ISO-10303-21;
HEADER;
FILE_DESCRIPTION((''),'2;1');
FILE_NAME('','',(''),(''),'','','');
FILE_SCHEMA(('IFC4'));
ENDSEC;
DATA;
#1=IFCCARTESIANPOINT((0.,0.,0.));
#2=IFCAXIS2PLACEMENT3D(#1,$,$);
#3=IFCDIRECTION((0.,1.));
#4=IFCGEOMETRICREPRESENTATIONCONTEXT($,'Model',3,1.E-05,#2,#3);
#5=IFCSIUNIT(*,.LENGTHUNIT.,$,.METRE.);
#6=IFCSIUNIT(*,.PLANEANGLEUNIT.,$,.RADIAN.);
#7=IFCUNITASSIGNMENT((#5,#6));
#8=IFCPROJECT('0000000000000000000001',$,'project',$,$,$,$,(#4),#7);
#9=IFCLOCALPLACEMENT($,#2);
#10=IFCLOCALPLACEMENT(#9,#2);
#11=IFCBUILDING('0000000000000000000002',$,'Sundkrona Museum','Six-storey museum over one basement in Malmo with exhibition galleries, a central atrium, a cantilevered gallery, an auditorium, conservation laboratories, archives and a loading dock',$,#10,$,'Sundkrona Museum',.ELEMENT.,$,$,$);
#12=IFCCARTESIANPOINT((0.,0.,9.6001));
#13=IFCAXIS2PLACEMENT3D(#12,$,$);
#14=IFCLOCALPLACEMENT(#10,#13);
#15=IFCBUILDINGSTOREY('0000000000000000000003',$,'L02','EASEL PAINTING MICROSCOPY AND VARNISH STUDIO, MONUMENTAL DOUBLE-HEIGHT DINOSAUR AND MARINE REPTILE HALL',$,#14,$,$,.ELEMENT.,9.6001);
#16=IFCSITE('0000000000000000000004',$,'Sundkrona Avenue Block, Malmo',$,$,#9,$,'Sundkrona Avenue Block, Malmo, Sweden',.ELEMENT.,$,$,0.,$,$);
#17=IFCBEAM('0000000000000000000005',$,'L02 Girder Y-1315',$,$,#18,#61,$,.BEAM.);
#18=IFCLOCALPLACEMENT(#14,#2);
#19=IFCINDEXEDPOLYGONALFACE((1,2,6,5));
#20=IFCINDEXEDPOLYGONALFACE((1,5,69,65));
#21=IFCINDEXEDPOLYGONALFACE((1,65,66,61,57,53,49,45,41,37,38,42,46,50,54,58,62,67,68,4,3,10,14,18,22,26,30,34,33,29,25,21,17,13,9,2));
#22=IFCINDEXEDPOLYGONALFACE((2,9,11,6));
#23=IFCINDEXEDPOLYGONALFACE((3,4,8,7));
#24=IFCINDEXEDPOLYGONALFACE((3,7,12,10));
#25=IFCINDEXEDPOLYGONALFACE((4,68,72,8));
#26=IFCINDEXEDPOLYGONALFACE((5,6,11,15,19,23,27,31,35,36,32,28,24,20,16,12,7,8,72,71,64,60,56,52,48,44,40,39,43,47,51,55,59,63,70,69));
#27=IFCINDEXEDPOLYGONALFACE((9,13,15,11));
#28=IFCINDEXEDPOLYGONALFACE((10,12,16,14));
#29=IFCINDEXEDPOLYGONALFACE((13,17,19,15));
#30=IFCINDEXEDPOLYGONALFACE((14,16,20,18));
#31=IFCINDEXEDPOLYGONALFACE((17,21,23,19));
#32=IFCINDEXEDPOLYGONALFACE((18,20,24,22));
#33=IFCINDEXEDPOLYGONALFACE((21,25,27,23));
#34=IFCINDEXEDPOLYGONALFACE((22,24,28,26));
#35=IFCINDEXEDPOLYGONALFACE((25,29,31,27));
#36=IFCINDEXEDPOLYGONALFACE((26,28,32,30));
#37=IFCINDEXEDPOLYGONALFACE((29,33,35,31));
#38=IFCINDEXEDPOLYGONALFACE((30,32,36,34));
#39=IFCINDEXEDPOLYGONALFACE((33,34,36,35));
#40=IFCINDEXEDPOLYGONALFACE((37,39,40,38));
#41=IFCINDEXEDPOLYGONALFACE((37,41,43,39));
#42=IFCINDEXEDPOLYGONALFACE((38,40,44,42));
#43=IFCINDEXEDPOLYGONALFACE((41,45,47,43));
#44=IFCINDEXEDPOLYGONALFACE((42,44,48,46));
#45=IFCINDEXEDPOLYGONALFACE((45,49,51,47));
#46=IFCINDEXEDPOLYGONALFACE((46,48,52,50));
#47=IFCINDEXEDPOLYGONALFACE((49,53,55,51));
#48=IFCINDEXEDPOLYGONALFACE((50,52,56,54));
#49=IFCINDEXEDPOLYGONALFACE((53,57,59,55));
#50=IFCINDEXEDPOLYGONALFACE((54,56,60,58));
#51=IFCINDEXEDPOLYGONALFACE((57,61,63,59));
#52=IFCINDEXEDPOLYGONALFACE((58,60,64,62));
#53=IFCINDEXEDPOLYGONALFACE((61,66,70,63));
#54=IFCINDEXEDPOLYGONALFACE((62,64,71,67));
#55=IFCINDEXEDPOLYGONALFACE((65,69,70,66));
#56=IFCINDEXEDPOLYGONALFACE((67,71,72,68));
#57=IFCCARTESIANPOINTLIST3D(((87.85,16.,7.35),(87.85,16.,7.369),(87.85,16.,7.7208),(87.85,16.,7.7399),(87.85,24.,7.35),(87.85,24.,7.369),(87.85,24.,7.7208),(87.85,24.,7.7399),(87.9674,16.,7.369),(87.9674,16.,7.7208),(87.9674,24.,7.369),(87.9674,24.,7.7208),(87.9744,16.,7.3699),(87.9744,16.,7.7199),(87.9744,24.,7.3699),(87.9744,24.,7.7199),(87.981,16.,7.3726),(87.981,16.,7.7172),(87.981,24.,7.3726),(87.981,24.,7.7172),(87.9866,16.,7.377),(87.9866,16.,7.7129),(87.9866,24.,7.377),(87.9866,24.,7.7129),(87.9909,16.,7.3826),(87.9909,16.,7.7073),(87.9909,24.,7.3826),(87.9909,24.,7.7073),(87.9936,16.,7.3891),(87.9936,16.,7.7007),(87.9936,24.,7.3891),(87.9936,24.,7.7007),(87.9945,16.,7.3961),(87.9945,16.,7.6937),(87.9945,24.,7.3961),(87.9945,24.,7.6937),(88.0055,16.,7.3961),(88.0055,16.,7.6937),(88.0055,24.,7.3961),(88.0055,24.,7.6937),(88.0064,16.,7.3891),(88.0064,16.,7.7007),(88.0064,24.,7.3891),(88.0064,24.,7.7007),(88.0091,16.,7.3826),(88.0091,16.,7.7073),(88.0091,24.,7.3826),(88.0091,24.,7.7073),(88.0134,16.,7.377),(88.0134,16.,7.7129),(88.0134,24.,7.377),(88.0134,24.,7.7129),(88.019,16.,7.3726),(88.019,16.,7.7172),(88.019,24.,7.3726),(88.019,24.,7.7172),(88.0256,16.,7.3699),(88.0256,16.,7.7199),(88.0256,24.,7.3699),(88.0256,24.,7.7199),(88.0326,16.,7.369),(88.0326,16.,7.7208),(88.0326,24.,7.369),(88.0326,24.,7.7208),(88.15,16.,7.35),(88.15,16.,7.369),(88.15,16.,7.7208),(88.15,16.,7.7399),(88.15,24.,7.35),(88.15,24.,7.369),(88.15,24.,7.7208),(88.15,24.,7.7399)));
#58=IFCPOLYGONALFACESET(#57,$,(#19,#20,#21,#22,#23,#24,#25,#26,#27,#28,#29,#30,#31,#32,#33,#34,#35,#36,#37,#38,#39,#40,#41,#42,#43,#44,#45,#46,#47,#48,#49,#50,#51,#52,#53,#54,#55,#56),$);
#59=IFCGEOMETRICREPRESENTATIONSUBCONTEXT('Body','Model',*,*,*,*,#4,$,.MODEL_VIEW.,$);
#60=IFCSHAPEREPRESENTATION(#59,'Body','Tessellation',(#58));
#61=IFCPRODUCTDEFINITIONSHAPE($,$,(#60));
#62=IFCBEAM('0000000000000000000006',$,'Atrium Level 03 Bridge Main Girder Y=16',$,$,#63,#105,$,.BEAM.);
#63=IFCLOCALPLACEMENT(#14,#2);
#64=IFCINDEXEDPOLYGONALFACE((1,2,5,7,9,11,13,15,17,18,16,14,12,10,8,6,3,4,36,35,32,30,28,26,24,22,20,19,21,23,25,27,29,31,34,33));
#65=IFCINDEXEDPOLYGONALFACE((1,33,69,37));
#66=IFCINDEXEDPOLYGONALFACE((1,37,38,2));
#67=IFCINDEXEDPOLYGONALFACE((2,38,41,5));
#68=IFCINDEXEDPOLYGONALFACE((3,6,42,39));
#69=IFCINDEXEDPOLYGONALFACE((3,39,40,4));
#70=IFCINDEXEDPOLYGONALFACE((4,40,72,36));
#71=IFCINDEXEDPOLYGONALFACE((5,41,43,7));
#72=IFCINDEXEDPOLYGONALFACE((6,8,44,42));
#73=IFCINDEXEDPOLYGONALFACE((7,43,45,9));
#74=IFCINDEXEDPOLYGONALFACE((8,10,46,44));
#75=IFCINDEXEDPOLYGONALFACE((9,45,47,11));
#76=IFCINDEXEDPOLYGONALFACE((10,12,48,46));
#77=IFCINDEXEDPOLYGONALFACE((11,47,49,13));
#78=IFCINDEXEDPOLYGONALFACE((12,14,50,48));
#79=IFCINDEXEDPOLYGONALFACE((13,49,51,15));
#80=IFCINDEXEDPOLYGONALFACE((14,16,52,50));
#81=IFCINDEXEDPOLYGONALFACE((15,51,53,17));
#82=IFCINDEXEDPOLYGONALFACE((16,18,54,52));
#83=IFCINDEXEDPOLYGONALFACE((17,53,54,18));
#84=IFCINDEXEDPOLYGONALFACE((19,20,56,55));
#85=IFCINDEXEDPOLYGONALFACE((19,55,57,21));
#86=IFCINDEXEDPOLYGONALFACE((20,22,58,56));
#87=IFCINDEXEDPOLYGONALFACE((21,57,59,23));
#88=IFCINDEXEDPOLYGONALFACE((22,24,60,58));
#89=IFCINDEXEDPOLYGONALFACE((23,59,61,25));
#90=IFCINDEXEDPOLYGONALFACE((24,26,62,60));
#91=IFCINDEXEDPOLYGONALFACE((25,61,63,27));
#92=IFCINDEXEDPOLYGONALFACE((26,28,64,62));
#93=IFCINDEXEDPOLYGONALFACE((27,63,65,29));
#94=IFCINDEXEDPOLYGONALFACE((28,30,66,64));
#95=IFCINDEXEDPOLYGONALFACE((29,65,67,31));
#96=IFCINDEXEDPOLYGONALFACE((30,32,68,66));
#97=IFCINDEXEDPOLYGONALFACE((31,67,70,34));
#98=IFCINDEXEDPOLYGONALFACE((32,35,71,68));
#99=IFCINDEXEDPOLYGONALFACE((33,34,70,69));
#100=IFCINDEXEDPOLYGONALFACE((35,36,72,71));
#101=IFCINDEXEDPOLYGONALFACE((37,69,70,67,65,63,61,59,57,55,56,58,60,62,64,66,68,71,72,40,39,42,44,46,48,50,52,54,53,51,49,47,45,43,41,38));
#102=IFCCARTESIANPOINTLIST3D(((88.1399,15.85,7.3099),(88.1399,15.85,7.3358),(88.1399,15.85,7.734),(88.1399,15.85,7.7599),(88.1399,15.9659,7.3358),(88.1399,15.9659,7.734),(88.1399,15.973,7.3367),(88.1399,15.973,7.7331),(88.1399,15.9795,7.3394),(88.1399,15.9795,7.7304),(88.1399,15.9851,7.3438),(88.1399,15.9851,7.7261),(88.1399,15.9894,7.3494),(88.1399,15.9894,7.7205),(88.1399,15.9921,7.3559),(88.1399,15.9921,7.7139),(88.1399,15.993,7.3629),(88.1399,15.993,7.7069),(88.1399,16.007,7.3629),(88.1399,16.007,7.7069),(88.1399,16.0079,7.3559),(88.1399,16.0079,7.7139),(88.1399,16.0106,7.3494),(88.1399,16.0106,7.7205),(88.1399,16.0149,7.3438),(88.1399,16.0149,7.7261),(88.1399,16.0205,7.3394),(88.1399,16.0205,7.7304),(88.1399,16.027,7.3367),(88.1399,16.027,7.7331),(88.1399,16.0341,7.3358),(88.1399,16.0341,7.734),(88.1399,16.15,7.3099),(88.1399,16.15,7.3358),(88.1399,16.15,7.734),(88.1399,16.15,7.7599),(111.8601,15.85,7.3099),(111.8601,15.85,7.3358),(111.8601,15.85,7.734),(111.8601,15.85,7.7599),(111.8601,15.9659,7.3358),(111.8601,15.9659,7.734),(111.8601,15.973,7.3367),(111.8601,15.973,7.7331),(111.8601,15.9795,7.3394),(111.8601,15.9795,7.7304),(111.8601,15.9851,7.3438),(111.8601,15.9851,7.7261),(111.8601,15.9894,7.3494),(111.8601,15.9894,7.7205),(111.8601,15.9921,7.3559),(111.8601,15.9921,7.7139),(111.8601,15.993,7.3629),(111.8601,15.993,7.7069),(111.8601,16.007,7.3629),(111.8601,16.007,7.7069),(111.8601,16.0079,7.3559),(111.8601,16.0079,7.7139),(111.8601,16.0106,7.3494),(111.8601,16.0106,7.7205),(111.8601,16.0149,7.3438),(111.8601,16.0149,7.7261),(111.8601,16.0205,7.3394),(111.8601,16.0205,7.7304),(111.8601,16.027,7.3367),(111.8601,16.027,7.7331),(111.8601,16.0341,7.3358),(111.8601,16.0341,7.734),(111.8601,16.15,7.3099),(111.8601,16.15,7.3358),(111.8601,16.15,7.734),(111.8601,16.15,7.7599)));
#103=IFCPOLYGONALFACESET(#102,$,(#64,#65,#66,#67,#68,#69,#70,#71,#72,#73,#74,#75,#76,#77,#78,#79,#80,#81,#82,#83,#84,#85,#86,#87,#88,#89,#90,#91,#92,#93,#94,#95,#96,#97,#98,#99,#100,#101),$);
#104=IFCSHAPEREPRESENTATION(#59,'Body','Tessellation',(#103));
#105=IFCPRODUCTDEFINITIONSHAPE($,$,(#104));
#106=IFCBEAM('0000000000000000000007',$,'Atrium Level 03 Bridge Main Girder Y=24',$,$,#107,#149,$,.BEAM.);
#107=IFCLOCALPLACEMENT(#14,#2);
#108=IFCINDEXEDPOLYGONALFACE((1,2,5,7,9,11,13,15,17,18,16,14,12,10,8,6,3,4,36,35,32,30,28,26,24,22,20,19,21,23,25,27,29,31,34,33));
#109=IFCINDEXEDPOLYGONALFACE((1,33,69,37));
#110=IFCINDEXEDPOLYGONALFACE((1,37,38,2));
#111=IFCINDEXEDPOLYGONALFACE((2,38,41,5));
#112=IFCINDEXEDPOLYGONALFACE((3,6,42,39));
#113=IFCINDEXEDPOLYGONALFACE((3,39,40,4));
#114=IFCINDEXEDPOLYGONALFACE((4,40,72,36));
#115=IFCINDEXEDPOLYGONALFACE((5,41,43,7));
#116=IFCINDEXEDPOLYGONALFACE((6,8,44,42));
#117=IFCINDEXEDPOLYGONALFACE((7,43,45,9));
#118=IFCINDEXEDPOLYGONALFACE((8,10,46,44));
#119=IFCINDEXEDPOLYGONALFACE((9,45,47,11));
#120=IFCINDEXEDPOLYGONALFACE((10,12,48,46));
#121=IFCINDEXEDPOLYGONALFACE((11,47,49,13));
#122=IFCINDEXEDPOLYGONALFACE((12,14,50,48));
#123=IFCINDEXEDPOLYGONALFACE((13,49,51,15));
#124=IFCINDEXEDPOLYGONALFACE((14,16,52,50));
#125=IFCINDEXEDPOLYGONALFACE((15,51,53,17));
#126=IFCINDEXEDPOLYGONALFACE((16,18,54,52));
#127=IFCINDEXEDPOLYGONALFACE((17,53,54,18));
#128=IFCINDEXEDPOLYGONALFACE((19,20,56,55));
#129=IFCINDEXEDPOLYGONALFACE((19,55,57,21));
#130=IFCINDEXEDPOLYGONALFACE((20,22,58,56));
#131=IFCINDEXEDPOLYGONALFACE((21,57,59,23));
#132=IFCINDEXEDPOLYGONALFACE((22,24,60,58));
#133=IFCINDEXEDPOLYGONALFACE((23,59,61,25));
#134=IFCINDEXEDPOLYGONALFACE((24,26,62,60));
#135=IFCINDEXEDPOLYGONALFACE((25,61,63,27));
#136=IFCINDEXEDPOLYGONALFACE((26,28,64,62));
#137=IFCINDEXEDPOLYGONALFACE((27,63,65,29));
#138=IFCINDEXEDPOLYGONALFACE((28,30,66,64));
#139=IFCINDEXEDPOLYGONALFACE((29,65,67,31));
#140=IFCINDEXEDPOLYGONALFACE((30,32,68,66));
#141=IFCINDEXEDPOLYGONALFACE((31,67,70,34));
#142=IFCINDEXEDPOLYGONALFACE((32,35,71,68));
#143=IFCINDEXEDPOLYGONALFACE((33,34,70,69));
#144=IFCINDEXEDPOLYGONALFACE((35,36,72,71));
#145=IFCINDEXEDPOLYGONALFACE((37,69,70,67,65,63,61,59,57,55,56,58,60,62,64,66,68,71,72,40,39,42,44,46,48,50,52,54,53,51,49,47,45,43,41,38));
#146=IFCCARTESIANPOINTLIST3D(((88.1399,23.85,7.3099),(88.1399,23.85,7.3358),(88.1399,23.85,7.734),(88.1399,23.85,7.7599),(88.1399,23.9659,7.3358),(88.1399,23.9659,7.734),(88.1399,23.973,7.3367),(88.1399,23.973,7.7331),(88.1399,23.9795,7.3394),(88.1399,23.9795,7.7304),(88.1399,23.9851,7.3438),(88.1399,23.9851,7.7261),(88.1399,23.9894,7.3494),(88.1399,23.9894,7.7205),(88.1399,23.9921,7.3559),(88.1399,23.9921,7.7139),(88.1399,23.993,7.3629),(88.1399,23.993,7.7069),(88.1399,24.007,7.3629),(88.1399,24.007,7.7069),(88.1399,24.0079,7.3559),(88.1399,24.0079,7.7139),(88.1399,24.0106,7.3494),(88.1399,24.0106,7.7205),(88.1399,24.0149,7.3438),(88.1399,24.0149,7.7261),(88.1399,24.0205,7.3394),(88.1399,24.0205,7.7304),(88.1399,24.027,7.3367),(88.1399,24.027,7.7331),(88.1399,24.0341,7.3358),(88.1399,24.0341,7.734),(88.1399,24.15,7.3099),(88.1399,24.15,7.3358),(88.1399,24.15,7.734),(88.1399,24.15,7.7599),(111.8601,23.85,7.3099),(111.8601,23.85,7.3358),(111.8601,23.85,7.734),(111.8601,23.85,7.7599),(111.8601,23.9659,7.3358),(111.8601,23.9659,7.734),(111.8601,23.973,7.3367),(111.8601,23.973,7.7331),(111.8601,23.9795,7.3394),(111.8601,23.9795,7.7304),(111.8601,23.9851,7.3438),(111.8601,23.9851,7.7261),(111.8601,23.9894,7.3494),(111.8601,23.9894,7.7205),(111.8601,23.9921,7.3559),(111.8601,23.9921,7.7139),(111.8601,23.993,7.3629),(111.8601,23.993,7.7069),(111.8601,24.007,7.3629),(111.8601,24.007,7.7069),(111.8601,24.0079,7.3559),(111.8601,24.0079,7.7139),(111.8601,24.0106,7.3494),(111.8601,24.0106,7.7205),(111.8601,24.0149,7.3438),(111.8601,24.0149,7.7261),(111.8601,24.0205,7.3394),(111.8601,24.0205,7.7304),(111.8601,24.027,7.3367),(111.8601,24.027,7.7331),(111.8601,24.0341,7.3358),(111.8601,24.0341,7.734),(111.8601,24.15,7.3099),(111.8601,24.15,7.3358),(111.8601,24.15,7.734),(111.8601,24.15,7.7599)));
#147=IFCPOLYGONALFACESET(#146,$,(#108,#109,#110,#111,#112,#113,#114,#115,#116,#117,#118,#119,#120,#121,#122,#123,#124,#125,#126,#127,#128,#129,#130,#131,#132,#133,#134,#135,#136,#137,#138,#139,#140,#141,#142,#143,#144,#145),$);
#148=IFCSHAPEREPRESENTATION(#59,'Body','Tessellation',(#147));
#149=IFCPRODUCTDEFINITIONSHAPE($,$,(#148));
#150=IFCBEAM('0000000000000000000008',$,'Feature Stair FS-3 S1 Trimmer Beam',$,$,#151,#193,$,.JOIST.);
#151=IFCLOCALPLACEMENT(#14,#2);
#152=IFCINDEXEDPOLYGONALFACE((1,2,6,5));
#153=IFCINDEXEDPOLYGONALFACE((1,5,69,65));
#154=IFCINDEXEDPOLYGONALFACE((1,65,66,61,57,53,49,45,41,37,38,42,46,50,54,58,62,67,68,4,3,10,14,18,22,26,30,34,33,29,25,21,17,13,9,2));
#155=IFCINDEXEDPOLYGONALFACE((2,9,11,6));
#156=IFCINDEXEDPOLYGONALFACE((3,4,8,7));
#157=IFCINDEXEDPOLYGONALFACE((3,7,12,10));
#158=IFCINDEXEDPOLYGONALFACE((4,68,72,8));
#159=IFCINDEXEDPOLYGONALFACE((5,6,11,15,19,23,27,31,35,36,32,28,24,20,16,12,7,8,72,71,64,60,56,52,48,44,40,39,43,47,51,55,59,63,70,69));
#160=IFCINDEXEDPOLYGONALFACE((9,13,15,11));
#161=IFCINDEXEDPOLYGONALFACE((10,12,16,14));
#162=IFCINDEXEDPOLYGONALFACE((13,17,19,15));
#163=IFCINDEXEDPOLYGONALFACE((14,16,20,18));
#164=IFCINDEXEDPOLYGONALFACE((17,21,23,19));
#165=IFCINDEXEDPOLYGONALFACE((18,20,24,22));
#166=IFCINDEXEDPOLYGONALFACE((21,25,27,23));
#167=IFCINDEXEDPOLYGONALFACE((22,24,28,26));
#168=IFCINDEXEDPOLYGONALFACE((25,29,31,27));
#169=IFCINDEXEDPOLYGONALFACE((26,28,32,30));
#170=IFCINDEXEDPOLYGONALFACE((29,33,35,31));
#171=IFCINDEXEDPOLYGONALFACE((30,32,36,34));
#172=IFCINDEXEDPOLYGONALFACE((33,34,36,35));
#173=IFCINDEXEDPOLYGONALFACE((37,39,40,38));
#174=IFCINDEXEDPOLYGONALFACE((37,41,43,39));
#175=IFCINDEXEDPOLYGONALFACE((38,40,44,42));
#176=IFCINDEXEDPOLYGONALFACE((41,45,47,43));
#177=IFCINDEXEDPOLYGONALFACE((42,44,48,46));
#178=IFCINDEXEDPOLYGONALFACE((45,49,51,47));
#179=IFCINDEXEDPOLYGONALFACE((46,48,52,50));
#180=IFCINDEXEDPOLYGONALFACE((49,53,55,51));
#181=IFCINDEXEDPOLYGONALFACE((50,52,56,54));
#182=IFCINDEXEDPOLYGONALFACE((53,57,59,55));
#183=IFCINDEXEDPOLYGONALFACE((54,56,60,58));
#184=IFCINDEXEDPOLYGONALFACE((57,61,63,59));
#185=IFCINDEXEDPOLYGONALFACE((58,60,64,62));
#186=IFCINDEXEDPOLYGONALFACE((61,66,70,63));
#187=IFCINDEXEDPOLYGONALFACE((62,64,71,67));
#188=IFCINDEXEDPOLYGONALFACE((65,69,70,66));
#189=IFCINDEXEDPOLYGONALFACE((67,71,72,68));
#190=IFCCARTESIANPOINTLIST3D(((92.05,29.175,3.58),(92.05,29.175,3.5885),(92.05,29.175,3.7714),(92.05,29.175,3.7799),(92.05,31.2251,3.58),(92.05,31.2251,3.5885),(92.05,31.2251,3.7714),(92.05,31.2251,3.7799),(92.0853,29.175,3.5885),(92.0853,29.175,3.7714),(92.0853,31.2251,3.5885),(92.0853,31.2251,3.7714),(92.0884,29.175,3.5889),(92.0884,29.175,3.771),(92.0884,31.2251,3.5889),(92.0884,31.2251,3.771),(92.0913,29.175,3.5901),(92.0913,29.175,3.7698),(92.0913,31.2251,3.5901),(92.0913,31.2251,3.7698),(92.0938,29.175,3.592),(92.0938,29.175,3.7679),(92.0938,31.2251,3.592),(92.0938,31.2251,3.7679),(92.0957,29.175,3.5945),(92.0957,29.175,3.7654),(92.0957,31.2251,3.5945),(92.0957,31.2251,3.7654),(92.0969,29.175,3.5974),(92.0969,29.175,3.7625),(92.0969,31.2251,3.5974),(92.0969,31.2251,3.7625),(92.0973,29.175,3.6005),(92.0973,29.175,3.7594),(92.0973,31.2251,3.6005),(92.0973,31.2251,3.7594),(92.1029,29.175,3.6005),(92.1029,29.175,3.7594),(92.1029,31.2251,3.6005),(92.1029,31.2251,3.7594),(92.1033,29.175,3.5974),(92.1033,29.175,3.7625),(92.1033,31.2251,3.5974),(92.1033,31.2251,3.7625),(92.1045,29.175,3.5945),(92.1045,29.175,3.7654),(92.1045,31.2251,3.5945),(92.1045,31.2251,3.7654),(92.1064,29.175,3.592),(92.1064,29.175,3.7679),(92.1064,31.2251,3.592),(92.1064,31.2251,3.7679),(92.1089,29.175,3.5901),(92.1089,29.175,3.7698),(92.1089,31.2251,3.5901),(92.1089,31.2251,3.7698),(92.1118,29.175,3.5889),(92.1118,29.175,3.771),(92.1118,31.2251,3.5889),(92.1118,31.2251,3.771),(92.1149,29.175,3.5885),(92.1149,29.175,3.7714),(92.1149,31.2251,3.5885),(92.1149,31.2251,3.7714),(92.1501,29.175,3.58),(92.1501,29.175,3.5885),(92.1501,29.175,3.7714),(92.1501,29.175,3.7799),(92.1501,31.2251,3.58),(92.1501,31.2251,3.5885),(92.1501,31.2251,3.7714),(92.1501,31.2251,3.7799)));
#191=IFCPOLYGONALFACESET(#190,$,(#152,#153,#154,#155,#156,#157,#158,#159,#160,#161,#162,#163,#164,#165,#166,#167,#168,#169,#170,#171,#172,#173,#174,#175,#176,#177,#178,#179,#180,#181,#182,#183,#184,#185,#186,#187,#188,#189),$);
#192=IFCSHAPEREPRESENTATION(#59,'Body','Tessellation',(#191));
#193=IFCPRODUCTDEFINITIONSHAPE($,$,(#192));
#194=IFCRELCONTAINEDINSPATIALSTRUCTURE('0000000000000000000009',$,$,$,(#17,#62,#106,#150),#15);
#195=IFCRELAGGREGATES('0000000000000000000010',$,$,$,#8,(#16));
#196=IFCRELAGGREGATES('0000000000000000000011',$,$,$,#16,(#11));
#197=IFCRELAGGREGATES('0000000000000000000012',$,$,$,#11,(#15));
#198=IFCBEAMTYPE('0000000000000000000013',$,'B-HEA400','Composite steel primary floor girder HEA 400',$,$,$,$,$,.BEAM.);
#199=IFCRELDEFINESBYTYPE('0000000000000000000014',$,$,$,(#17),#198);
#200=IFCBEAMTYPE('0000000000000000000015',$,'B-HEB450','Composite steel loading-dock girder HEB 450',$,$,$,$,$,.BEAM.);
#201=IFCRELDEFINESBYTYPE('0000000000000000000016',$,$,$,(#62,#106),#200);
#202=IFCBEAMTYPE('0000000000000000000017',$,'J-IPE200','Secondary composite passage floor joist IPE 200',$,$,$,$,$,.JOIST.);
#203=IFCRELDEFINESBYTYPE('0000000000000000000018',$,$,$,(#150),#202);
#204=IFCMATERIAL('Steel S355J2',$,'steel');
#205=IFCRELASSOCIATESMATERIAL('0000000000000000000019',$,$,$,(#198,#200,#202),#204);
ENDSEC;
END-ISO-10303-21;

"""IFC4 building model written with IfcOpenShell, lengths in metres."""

from ifc_helpers import new_model, si_unit, direction, frame, origin, origin_2d, place, context, subcontext, project, spatial, i_section, extrude, material, material_profile, profile_set, type_object, element, save


model = new_model("IFC4")

# Units and contexts
model_context = context("Model", 3, precision=1e-05, world=origin(), true_north=direction((0.0, 1.0)))
body_context = subcontext(model_context, "Body", "Model", "MODEL_VIEW")
ifc_project = project(units=[si_unit("LENGTHUNIT", "METRE"), si_unit("PLANEANGLEUNIT", "RADIAN")], contexts=[model_context])

# Site, building, storey
site_placement = place(None, origin())
site = spatial("IfcSite", under=ifc_project, at=site_placement, Name="Sundkrona Avenue Block, Malmo", LongName="Sundkrona Avenue Block, Malmo, Sweden", CompositionType="ELEMENT", RefElevation=0.0)
building_placement = place(site_placement, origin())
building = spatial("IfcBuilding", under=site, at=building_placement, Name="Sundkrona Museum", Description="Six-storey museum over one basement in Malmo with exhibition galleries, a central atrium, a cantilevered gallery, an auditorium, conservation laboratories, archives and a loading dock", LongName="Sundkrona Museum", CompositionType="ELEMENT")
storey_placement = place(building_placement, frame((0.0, 0.0, 9.6001)))
storey = spatial("IfcBuildingStorey", under=building, at=storey_placement, Name="L02", Description="EASEL PAINTING MICROSCOPY AND VARNISH STUDIO, MONUMENTAL DOUBLE-HEIGHT DINOSAUR AND MARINE REPTILE HALL", CompositionType="ELEMENT", Elevation=9.6001)

# Shared definitions
ifc_material_1 = material(Name="Steel S355J2", Category="steel")

# Beams
ifc_material_profile_1 = material_profile(ifc_material_1, i_section(OverallWidth=0.3, OverallDepth=0.3899, WebThickness=0.011, FlangeThickness=0.019, FilletRadius=0.0271, at=origin_2d()), Name="HEA 400")
ifc_profile_set_1 = profile_set([ifc_material_profile_1], Name="Steel S355J2")
beam_type_1 = type_object("IfcBeamType", Name="B-HEA400", Description="Composite steel primary floor girder HEA 400", PredefinedType="BEAM", material=ifc_profile_set_1)
beam_1_placement = place(storey_placement, frame((88.0, 16.0, 7.5449), z_axis=(0.0, 1.0, 0.0), x_axis=(-1.0, 0.0, 0.0)))
element("IfcBeam", 1, at=beam_1_placement, inside=storey, type_object=beam_type_1, Name="L02 Girder Y-1315", PredefinedType="BEAM", context=body_context, shape_type="SweptSolid", body=[
    extrude(i_section(OverallWidth=0.3, OverallDepth=0.3899, WebThickness=0.011, FlangeThickness=0.019, FilletRadius=0.0271, at=origin_2d()), origin(), (0.0, 0.0, 1.0), 8.0),
])
ifc_material_profile_2 = material_profile(ifc_material_1, i_section(OverallWidth=0.3, OverallDepth=0.45, WebThickness=0.0139, FlangeThickness=0.0259, FilletRadius=0.0271, at=origin_2d()), Name="HEB 450")
ifc_profile_set_2 = profile_set([ifc_material_profile_2], Name="Steel S355J2")
beam_type_2 = type_object("IfcBeamType", Name="B-HEB450", Description="Composite steel loading-dock girder HEB 450", PredefinedType="BEAM", material=ifc_profile_set_2)
for number, where, z_axis, x_axis, name in (
    (2, (88.1399, 16.0, 7.5349), (1.0, 0.0, 0.0), (0.0, 1.0, 0.0), "Atrium Level 03 Bridge Main Girder Y=16"),
    (3, (88.1399, 24.0, 7.5349), (1.0, 0.0, 0.0), (0.0, 1.0, 0.0), "Atrium Level 03 Bridge Main Girder Y=24"),
):
    element("IfcBeam", number, at=place(storey_placement, frame(where, z_axis=z_axis, x_axis=x_axis)), inside=storey, type_object=beam_type_2, Name=name, PredefinedType="BEAM", context=body_context, shape_type="SweptSolid", body=[
        extrude(i_section(OverallWidth=0.3, OverallDepth=0.45, WebThickness=0.0139, FlangeThickness=0.0259, FilletRadius=0.0271, at=origin_2d()), origin(), (0.0, 0.0, 1.0), 23.7202),
    ])
ifc_material_profile_3 = material_profile(ifc_material_1, i_section(OverallWidth=0.1001, OverallDepth=0.2, WebThickness=0.0056, FlangeThickness=0.0085, FilletRadius=0.012, at=origin_2d()), Name="IPE 200")
ifc_profile_set_3 = profile_set([ifc_material_profile_3], Name="Steel S355J2")
beam_type_3 = type_object("IfcBeamType", Name="J-IPE200", Description="Secondary composite passage floor joist IPE 200", PredefinedType="JOIST", material=ifc_profile_set_3)
for number, where, z_axis, x_axis, name in (
    (4, (92.1001, 29.175, 3.6799), (0.0, 1.0, 0.0), (-1.0, 0.0, 0.0), "Feature Stair FS-3 S1 Trimmer Beam"),
):
    element("IfcBeam", number, at=place(storey_placement, frame(where, z_axis=z_axis, x_axis=x_axis)), inside=storey, type_object=beam_type_3, Name=name, PredefinedType="JOIST", context=body_context, shape_type="SweptSolid", body=[
        extrude(i_section(OverallWidth=0.1001, OverallDepth=0.2, WebThickness=0.0056, FlangeThickness=0.0085, FilletRadius=0.012, at=origin_2d()), origin(), (0.0, 0.0, 1.0), 2.05),
    ])

save(model, "model.ifc")
